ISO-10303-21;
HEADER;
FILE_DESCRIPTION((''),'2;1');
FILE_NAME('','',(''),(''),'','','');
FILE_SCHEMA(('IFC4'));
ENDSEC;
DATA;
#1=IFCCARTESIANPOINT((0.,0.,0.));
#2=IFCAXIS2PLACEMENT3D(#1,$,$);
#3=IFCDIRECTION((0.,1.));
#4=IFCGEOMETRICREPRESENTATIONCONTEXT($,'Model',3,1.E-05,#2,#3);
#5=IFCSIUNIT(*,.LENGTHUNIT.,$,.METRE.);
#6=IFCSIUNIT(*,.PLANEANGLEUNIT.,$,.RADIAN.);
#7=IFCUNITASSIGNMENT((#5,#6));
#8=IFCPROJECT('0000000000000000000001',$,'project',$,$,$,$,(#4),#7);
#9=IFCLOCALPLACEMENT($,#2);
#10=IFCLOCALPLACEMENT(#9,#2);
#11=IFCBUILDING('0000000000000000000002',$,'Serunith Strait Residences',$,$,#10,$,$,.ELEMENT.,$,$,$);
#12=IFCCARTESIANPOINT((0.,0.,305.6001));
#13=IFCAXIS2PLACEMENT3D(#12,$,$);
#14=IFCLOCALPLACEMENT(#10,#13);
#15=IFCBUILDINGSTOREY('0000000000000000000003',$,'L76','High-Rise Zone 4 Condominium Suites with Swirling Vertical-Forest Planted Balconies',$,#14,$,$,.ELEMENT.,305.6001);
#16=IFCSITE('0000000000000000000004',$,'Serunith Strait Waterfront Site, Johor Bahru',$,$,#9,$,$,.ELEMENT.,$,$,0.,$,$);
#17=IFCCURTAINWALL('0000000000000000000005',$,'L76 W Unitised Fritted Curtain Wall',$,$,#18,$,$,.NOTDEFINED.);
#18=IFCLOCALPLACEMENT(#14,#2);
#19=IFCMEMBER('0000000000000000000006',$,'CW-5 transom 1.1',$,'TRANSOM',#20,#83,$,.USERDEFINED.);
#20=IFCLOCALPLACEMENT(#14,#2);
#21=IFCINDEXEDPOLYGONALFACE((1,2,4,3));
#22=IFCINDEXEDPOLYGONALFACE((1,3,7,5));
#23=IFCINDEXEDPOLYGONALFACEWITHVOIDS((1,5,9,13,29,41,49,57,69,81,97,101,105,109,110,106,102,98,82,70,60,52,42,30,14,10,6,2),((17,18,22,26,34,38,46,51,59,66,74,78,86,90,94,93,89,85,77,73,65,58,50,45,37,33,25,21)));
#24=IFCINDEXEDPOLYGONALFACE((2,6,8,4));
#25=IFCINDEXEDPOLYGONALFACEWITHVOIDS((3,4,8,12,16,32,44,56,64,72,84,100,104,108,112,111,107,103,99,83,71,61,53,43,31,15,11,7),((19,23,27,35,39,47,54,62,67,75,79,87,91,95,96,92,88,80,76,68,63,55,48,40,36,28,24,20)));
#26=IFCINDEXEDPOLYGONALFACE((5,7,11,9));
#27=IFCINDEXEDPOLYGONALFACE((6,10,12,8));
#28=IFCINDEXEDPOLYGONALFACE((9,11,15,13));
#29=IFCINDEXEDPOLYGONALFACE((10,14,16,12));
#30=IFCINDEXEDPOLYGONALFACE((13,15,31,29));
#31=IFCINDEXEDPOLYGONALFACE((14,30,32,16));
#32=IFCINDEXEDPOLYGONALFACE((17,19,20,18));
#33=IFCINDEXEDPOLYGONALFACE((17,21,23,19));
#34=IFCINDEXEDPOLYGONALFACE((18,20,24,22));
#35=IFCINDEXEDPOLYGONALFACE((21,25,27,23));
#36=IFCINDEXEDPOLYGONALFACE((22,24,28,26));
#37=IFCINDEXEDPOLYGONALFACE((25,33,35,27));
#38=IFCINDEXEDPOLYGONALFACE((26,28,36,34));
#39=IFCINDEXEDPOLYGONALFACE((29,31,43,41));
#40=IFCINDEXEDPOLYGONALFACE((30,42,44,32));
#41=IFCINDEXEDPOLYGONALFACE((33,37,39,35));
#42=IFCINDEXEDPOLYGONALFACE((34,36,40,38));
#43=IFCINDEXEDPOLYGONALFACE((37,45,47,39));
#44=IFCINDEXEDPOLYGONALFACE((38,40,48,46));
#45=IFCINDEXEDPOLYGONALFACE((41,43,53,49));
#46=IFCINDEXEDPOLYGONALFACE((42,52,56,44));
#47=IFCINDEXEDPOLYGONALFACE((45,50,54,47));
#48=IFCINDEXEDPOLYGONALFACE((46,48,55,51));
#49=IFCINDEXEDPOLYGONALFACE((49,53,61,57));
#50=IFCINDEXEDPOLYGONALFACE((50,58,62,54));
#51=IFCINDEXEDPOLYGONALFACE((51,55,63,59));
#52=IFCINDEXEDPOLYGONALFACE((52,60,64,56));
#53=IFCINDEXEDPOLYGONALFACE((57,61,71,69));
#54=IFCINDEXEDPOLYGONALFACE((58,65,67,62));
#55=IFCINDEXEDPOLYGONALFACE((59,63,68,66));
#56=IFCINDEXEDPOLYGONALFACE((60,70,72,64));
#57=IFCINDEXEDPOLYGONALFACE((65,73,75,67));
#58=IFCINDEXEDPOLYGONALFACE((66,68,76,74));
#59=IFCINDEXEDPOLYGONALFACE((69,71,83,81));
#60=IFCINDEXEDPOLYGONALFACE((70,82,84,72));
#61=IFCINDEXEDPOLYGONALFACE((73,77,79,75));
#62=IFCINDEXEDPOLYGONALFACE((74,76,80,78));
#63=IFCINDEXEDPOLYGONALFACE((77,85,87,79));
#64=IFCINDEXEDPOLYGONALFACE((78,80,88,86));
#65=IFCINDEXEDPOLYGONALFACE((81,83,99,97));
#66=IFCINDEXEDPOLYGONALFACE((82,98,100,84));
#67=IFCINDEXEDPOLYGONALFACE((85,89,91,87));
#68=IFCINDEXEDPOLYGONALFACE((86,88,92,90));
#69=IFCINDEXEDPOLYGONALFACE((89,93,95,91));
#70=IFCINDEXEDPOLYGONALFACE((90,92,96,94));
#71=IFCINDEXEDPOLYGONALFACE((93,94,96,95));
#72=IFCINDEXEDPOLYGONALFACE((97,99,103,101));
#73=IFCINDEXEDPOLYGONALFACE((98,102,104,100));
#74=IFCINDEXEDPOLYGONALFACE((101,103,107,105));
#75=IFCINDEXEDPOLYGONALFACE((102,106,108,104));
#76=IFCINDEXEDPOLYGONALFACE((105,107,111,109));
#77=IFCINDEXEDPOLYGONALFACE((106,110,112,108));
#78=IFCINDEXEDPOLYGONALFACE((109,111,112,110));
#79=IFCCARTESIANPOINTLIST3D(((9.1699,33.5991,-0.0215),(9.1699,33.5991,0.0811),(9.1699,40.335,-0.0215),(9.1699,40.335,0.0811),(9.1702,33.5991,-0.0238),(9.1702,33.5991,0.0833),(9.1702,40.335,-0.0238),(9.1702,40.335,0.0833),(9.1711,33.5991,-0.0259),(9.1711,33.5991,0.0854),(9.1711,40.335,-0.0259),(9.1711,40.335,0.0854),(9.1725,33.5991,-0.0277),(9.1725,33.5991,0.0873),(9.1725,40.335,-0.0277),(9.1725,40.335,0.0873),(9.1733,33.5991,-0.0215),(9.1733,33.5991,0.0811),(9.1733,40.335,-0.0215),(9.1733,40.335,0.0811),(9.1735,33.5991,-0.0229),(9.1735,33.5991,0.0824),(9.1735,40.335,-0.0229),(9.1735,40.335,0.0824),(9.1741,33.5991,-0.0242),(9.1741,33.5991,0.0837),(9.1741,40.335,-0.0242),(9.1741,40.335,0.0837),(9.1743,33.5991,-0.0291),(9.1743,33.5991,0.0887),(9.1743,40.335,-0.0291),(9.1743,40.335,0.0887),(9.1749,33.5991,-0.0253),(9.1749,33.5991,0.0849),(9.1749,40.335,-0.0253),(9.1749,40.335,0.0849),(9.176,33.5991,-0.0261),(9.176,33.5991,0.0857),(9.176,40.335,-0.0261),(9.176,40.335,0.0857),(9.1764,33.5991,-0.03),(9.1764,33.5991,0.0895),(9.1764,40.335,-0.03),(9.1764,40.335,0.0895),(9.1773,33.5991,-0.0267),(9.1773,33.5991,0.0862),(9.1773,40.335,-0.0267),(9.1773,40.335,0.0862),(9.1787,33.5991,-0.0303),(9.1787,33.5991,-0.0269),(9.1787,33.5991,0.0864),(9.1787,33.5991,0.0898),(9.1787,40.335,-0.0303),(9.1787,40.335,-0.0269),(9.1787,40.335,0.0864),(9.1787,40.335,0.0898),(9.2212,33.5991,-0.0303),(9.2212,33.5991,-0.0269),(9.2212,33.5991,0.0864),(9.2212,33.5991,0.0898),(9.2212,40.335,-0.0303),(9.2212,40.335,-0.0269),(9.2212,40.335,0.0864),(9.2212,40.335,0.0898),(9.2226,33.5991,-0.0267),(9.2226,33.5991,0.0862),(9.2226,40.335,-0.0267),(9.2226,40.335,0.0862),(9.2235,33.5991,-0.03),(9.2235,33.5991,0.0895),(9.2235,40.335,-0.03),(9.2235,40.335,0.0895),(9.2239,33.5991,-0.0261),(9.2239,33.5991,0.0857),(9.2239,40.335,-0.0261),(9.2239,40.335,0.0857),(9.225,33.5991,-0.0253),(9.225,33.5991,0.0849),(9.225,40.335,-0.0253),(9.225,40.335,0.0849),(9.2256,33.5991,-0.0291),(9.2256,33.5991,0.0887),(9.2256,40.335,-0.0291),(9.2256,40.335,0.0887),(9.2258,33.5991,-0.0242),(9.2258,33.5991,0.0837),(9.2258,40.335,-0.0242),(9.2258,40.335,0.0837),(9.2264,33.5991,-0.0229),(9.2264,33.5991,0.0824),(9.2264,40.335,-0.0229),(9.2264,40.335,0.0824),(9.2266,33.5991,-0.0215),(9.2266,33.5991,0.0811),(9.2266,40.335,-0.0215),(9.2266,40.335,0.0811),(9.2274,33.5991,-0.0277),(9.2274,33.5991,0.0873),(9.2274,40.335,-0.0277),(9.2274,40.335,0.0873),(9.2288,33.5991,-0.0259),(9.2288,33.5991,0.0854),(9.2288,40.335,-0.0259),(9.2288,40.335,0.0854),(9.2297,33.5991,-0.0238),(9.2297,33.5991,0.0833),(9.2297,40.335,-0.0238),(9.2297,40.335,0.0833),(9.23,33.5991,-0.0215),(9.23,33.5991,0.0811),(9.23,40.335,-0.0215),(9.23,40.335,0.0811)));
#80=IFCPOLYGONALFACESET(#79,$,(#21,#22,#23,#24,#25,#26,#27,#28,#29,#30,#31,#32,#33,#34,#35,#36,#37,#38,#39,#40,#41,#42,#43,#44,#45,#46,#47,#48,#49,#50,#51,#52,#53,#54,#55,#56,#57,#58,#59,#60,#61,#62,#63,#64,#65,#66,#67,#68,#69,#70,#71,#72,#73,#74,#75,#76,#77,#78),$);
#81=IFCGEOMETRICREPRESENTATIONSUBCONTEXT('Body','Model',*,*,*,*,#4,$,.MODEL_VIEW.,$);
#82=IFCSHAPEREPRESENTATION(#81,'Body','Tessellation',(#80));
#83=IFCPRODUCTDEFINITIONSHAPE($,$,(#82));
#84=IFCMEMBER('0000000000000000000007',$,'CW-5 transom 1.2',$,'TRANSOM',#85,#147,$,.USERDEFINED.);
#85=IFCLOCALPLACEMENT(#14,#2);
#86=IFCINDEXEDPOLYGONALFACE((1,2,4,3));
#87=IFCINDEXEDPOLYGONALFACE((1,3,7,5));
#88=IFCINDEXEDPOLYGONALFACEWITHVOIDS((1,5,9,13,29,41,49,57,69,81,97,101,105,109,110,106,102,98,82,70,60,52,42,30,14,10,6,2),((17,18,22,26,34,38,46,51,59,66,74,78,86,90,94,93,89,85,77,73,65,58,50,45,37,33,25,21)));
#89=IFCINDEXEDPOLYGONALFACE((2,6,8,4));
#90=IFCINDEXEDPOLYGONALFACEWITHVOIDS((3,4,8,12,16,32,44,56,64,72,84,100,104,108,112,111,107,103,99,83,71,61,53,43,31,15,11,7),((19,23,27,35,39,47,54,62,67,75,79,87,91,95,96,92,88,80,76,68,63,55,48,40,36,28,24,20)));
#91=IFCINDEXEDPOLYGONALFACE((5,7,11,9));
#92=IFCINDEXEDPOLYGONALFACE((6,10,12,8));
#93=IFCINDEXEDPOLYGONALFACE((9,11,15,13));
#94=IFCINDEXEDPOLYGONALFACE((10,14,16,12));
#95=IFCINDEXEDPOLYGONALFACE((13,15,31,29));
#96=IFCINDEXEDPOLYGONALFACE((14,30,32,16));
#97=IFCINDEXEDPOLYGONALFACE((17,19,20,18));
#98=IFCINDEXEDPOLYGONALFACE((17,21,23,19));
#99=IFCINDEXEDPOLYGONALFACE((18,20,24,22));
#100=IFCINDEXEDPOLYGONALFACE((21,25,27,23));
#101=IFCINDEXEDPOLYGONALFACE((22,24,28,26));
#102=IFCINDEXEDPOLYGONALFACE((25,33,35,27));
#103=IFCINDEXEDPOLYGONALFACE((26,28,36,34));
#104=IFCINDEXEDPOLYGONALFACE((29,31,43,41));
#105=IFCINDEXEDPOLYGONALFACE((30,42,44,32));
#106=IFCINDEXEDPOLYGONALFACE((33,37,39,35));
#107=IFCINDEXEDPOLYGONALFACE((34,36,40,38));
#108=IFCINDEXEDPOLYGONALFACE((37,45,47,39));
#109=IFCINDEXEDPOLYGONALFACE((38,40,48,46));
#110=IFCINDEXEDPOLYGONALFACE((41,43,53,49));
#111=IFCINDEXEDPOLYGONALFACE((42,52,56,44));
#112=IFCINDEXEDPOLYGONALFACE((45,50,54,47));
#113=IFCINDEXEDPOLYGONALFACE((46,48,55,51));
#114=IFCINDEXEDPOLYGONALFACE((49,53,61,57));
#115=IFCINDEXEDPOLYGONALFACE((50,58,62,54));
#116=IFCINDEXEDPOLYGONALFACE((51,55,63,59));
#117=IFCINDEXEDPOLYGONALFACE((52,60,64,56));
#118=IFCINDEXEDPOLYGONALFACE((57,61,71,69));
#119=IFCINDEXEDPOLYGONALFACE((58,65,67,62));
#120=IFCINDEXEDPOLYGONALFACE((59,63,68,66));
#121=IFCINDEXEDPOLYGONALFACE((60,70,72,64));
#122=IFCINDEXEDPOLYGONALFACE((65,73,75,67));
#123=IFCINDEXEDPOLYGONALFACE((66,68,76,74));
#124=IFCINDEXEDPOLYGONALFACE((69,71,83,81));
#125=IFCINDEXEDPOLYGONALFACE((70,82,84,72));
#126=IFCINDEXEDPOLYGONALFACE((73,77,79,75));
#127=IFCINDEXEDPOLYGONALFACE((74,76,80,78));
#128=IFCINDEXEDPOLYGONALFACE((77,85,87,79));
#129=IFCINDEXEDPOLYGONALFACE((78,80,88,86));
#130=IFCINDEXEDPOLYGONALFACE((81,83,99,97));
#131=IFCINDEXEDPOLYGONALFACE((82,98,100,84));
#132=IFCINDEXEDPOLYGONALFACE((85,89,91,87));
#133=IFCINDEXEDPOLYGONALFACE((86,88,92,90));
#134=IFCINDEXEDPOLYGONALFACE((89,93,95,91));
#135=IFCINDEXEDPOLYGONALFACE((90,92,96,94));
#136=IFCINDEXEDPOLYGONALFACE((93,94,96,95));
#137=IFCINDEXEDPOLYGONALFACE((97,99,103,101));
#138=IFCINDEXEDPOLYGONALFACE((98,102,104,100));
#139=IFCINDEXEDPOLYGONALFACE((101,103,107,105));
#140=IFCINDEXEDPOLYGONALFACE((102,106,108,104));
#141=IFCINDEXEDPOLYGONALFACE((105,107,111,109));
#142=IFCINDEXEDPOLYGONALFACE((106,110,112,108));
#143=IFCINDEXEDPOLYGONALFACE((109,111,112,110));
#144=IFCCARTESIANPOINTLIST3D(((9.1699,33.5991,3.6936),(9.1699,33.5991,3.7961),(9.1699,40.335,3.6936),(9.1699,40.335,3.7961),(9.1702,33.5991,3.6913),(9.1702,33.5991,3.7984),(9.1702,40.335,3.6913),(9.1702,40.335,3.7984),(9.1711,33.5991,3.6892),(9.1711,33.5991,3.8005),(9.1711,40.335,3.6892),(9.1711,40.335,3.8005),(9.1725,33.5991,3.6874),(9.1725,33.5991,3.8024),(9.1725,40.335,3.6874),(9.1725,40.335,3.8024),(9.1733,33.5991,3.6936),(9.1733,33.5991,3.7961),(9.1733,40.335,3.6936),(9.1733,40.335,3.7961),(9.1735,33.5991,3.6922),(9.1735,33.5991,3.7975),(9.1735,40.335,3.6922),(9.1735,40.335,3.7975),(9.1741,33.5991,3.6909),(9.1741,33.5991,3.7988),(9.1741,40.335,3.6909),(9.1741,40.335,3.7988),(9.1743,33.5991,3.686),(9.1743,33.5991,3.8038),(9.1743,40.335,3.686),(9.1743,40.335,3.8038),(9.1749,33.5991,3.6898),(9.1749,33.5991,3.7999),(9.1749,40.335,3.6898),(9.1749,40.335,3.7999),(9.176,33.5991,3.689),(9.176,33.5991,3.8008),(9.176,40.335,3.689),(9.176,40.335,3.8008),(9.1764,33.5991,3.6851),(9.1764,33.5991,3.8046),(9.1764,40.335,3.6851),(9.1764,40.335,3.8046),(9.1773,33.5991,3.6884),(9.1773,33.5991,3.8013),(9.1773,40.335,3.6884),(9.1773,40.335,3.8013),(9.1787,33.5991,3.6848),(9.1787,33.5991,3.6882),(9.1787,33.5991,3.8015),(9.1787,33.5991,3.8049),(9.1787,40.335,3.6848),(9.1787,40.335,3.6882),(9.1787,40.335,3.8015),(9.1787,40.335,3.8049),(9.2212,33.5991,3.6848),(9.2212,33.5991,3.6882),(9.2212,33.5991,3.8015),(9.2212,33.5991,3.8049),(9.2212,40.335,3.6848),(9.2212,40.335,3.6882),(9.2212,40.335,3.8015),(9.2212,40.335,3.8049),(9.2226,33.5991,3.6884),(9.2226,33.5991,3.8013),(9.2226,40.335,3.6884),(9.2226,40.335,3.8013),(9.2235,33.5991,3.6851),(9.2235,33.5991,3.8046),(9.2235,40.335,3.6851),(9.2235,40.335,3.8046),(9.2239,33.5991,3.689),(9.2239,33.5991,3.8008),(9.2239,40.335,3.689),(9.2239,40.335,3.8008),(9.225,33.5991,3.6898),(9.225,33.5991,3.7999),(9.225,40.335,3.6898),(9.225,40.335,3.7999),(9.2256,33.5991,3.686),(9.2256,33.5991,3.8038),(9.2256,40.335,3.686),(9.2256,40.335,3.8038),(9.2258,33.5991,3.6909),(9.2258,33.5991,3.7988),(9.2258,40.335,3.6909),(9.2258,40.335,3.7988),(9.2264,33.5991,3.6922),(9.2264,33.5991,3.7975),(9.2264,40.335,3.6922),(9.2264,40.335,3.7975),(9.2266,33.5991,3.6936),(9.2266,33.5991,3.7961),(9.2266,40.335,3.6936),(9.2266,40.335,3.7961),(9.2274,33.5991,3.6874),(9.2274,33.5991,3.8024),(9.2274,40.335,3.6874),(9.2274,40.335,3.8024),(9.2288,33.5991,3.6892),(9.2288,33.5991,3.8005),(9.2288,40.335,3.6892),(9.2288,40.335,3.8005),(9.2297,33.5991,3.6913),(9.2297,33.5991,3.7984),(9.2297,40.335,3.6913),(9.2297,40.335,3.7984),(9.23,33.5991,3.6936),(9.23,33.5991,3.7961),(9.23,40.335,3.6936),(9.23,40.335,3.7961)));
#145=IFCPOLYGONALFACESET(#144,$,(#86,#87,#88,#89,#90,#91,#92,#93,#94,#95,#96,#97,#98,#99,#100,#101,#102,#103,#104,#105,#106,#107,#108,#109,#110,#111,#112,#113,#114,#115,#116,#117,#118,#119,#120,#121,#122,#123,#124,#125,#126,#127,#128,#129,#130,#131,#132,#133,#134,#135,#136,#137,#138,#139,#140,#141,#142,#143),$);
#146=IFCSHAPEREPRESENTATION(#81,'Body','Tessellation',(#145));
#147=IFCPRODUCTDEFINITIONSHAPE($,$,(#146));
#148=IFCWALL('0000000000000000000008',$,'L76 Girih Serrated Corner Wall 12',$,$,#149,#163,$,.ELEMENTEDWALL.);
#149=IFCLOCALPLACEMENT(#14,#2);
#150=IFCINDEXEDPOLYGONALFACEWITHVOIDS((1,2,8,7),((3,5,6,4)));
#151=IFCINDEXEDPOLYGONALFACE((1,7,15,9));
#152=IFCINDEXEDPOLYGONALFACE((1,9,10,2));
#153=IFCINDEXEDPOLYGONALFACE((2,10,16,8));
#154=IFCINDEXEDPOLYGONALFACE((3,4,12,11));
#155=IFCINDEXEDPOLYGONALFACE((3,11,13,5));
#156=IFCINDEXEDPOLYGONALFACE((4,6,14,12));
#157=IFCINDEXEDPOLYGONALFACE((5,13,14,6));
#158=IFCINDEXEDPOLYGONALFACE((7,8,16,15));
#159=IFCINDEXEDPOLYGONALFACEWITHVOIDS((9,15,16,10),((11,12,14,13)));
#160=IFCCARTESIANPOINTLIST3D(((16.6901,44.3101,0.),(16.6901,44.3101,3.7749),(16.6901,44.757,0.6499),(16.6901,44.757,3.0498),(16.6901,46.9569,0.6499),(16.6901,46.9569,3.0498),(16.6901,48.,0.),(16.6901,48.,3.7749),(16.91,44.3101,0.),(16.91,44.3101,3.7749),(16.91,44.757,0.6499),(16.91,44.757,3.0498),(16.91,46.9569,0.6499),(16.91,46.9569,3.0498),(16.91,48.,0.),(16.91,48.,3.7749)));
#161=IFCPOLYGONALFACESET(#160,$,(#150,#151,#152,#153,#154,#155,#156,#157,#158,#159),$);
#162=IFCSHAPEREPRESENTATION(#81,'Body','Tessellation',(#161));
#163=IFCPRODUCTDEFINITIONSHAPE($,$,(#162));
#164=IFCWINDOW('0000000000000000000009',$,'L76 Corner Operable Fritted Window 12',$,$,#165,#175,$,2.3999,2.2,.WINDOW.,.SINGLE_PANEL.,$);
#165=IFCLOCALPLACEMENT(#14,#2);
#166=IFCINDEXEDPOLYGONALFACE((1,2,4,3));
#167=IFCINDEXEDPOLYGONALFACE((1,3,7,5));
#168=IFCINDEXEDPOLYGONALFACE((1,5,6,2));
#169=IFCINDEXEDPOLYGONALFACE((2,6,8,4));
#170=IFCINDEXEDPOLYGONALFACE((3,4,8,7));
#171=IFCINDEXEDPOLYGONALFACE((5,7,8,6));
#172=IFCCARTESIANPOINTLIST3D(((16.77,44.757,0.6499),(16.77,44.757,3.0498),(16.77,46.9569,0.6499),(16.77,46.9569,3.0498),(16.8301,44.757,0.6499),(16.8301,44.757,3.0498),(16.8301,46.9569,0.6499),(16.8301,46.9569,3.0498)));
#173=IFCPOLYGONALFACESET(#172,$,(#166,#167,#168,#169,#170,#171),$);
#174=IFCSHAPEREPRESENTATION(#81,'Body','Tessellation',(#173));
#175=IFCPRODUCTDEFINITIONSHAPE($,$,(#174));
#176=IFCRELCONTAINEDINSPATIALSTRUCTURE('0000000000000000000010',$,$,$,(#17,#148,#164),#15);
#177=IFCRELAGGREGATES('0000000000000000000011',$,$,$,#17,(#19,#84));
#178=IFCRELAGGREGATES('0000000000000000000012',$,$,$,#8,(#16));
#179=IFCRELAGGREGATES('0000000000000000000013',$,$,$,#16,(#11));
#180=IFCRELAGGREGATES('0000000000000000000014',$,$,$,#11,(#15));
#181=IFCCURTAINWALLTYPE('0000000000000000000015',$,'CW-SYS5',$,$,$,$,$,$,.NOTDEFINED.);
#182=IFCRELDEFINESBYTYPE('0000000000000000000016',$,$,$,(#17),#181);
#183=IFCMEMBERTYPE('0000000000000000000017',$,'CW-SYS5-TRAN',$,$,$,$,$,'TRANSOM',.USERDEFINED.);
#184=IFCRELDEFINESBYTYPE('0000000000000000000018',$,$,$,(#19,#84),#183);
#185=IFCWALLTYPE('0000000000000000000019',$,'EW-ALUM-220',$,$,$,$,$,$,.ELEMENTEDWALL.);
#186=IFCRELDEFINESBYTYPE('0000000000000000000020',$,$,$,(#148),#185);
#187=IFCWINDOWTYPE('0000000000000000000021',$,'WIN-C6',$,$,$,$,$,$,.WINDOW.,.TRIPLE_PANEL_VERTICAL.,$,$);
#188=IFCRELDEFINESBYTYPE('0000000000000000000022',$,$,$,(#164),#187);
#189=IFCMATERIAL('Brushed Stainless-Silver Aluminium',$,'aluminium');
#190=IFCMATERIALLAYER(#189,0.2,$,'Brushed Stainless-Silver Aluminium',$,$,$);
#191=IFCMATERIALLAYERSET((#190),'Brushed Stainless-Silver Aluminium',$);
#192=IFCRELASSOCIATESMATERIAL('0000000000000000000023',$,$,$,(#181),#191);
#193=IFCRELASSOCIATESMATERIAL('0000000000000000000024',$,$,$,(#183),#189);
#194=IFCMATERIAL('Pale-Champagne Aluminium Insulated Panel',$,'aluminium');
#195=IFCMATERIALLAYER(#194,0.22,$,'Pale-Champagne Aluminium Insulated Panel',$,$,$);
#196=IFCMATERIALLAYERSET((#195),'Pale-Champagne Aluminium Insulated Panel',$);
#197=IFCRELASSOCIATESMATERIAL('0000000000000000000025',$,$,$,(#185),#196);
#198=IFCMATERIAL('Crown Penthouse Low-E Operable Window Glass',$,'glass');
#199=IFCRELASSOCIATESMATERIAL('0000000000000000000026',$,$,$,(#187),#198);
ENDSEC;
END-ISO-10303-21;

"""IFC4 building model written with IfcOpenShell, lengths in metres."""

from ifc_helpers import new_model, si_unit, direction, frame, frame_2d, origin, origin_2d, place, context, subcontext, project, spatial, rectangle, hollow_rectangle, extrude, source, transform, mapped, material, layer, layer_set, material_profile, profile_set, type_object, element, fill, aggregate, save


model = new_model("IFC4")

# Units and contexts
model_context = context("Model", 3, precision=1e-05, world=origin(), true_north=direction((0.0, 1.0)))
body_context = subcontext(model_context, "Body", "Model", "MODEL_VIEW")
ifc_project = project(units=[si_unit("LENGTHUNIT", "METRE"), si_unit("PLANEANGLEUNIT", "RADIAN")], contexts=[model_context])

# Site, building, storey
site_placement = place(None, origin())
site = spatial("IfcSite", under=ifc_project, at=site_placement, Name="Serunith Strait Waterfront Site, Johor Bahru", CompositionType="ELEMENT", RefElevation=0.0)
building_placement = place(site_placement, origin())
building = spatial("IfcBuilding", under=site, at=building_placement, Name="Serunith Strait Residences", CompositionType="ELEMENT")
storey_placement = place(building_placement, frame((0.0, 0.0, 305.6001)))
storey = spatial("IfcBuildingStorey", under=building, at=storey_placement, Name="L76", Description="High-Rise Zone 4 Condominium Suites with Swirling Vertical-Forest Planted Balconies", CompositionType="ELEMENT", Elevation=305.6001)

# Shared definitions
ifc_material_1 = material(Name="Brushed Stainless-Silver Aluminium", Category="aluminium")
ifc_layer_1 = layer(ifc_material_1, 0.2, Name="Brushed Stainless-Silver Aluminium")
ifc_layer_set_1 = layer_set([ifc_layer_1], Name="Brushed Stainless-Silver Aluminium")
curtain_wall_type = type_object("IfcCurtainWallType", Name="CW-SYS5", PredefinedType="NOTDEFINED", material=ifc_layer_set_1)

# Curtain wall, members
curtain_wall_1_placement = place(storey_placement, origin())
curtain_wall_1 = element("IfcCurtainWall", 1, at=curtain_wall_1_placement, inside=storey, type_object=curtain_wall_type, Name="L76 W Unitised Fritted Curtain Wall", PredefinedType="NOTDEFINED")
ifc_material_profile_1 = material_profile(ifc_material_1, hollow_rectangle(XDim=0.0601, YDim=0.1201, WallThickness=0.0034, InnerFilletRadius=0.0054, OuterFilletRadius=0.0088, at=origin_2d()), Name="ALU 120x60x3.5")
ifc_profile_set_1 = profile_set([ifc_material_profile_1], Name="Brushed Stainless-Silver Aluminium")
member_type_1 = type_object("IfcMemberType", Name="CW-SYS5-TRAN", ElementType="TRANSOM", PredefinedType="USERDEFINED", material=ifc_profile_set_1)
shared_shape_1 = source(origin(), body_context, "Body", "SweptSolid", [
    extrude(hollow_rectangle(XDim=0.0601, YDim=0.1201, WallThickness=0.0034, InnerFilletRadius=0.0054, OuterFilletRadius=0.0088, at=origin_2d()), origin(), (0.0, 0.0, 1.0), 6.7358),
])
member_1_placement = place(storey_placement, frame((9.2, 40.335, 0.0298), z_axis=(0.0, -1.0, 0.0), x_axis=(1.0, 0.0, 0.0)))
member_1 = element("IfcMember", 2, at=member_1_placement, type_object=member_type_1, Name="CW-5 transom 1.1", ObjectType="TRANSOM", PredefinedType="USERDEFINED", context=body_context, shape_type="MappedRepresentation", body=[
    mapped(shared_shape_1, transform((0.0, 0.0, 0.0), scale=1.0)),
])
member_2_placement = place(storey_placement, frame((9.2, 40.335, 3.7449), z_axis=(0.0, -1.0, 0.0), x_axis=(1.0, 0.0, 0.0)))
member_2 = element("IfcMember", 3, at=member_2_placement, type_object=member_type_1, Name="CW-5 transom 1.2", ObjectType="TRANSOM", PredefinedType="USERDEFINED", context=body_context, shape_type="MappedRepresentation", body=[
    mapped(shared_shape_1, transform((0.0, 0.0, 0.0), scale=1.0)),
])
aggregate(curtain_wall_1, [member_1, member_2])

# Wall, opening, window
ifc_material_2 = material(Name="Pale-Champagne Aluminium Insulated Panel", Category="aluminium")
ifc_layer_2 = layer(ifc_material_2, 0.22, Name="Pale-Champagne Aluminium Insulated Panel")
ifc_layer_set_2 = layer_set([ifc_layer_2], Name="Pale-Champagne Aluminium Insulated Panel")
wall_type_1 = type_object("IfcWallType", Name="EW-ALUM-220", PredefinedType="ELEMENTEDWALL", material=ifc_layer_set_2)
wall_1_placement = place(storey_placement, frame((16.8, 48.0, 0.0), z_axis=(0.0, 0.0, 1.0), x_axis=(0.0, -1.0, 0.0)))
wall_1 = element("IfcWall", 4, at=wall_1_placement, inside=storey, type_object=wall_type_1, Name="L76 Girih Serrated Corner Wall 12", PredefinedType="ELEMENTEDWALL", context=body_context, shape_type="SweptSolid", body=[
    extrude(rectangle(XDim=3.6899, YDim=0.22, at=frame_2d((1.845, 0.0))), origin(), (0.0, 0.0, 1.0), 3.7749),
])
opening_1_placement = place(wall_1_placement, frame((1.043, 0.0, 0.6499)))
opening_1 = element("IfcOpeningElement", 5, at=opening_1_placement, cuts=wall_1, PredefinedType="OPENING", context=body_context, shape_type="SweptSolid", body=[
    extrude(rectangle(XDim=2.2, YDim=2.3999, at=frame_2d((1.1001, 1.2))), frame((0.0, 0.1201, 0.0), z_axis=(0.0, -1.0, 0.0), x_axis=(1.0, 0.0, 0.0)), (0.0, 0.0, 1.0), 0.24),
])
ifc_material_3 = material(Name="Crown Penthouse Low-E Operable Window Glass", Category="glass")
window_type = type_object("IfcWindowType", Name="WIN-C6", PartitioningType="TRIPLE_PANEL_VERTICAL", PredefinedType="WINDOW", material=ifc_material_3)
shared_shape_2 = source(origin(), body_context, "Body", "SweptSolid", [
    extrude(rectangle(XDim=2.2, YDim=2.3999, at=frame_2d((1.1001, 1.2))), frame((0.0, 0.03, 0.0), z_axis=(0.0, -1.0, 0.0), x_axis=(1.0, 0.0, 0.0)), (0.0, 0.0, 1.0), 0.0601),
])
window_1_placement = place(opening_1_placement, origin())
window_1 = element("IfcWindow", 6, at=window_1_placement, inside=storey, type_object=window_type, Name="L76 Corner Operable Fritted Window 12", OverallHeight=2.3999, OverallWidth=2.2, PartitioningType="SINGLE_PANEL", PredefinedType="WINDOW", context=body_context, shape_type="MappedRepresentation", body=[
    mapped(shared_shape_2, transform((0.0, 0.0, 0.0), scale=1.0)),
])
fill(opening_1, window_1)

save(model, "model.ifc")
